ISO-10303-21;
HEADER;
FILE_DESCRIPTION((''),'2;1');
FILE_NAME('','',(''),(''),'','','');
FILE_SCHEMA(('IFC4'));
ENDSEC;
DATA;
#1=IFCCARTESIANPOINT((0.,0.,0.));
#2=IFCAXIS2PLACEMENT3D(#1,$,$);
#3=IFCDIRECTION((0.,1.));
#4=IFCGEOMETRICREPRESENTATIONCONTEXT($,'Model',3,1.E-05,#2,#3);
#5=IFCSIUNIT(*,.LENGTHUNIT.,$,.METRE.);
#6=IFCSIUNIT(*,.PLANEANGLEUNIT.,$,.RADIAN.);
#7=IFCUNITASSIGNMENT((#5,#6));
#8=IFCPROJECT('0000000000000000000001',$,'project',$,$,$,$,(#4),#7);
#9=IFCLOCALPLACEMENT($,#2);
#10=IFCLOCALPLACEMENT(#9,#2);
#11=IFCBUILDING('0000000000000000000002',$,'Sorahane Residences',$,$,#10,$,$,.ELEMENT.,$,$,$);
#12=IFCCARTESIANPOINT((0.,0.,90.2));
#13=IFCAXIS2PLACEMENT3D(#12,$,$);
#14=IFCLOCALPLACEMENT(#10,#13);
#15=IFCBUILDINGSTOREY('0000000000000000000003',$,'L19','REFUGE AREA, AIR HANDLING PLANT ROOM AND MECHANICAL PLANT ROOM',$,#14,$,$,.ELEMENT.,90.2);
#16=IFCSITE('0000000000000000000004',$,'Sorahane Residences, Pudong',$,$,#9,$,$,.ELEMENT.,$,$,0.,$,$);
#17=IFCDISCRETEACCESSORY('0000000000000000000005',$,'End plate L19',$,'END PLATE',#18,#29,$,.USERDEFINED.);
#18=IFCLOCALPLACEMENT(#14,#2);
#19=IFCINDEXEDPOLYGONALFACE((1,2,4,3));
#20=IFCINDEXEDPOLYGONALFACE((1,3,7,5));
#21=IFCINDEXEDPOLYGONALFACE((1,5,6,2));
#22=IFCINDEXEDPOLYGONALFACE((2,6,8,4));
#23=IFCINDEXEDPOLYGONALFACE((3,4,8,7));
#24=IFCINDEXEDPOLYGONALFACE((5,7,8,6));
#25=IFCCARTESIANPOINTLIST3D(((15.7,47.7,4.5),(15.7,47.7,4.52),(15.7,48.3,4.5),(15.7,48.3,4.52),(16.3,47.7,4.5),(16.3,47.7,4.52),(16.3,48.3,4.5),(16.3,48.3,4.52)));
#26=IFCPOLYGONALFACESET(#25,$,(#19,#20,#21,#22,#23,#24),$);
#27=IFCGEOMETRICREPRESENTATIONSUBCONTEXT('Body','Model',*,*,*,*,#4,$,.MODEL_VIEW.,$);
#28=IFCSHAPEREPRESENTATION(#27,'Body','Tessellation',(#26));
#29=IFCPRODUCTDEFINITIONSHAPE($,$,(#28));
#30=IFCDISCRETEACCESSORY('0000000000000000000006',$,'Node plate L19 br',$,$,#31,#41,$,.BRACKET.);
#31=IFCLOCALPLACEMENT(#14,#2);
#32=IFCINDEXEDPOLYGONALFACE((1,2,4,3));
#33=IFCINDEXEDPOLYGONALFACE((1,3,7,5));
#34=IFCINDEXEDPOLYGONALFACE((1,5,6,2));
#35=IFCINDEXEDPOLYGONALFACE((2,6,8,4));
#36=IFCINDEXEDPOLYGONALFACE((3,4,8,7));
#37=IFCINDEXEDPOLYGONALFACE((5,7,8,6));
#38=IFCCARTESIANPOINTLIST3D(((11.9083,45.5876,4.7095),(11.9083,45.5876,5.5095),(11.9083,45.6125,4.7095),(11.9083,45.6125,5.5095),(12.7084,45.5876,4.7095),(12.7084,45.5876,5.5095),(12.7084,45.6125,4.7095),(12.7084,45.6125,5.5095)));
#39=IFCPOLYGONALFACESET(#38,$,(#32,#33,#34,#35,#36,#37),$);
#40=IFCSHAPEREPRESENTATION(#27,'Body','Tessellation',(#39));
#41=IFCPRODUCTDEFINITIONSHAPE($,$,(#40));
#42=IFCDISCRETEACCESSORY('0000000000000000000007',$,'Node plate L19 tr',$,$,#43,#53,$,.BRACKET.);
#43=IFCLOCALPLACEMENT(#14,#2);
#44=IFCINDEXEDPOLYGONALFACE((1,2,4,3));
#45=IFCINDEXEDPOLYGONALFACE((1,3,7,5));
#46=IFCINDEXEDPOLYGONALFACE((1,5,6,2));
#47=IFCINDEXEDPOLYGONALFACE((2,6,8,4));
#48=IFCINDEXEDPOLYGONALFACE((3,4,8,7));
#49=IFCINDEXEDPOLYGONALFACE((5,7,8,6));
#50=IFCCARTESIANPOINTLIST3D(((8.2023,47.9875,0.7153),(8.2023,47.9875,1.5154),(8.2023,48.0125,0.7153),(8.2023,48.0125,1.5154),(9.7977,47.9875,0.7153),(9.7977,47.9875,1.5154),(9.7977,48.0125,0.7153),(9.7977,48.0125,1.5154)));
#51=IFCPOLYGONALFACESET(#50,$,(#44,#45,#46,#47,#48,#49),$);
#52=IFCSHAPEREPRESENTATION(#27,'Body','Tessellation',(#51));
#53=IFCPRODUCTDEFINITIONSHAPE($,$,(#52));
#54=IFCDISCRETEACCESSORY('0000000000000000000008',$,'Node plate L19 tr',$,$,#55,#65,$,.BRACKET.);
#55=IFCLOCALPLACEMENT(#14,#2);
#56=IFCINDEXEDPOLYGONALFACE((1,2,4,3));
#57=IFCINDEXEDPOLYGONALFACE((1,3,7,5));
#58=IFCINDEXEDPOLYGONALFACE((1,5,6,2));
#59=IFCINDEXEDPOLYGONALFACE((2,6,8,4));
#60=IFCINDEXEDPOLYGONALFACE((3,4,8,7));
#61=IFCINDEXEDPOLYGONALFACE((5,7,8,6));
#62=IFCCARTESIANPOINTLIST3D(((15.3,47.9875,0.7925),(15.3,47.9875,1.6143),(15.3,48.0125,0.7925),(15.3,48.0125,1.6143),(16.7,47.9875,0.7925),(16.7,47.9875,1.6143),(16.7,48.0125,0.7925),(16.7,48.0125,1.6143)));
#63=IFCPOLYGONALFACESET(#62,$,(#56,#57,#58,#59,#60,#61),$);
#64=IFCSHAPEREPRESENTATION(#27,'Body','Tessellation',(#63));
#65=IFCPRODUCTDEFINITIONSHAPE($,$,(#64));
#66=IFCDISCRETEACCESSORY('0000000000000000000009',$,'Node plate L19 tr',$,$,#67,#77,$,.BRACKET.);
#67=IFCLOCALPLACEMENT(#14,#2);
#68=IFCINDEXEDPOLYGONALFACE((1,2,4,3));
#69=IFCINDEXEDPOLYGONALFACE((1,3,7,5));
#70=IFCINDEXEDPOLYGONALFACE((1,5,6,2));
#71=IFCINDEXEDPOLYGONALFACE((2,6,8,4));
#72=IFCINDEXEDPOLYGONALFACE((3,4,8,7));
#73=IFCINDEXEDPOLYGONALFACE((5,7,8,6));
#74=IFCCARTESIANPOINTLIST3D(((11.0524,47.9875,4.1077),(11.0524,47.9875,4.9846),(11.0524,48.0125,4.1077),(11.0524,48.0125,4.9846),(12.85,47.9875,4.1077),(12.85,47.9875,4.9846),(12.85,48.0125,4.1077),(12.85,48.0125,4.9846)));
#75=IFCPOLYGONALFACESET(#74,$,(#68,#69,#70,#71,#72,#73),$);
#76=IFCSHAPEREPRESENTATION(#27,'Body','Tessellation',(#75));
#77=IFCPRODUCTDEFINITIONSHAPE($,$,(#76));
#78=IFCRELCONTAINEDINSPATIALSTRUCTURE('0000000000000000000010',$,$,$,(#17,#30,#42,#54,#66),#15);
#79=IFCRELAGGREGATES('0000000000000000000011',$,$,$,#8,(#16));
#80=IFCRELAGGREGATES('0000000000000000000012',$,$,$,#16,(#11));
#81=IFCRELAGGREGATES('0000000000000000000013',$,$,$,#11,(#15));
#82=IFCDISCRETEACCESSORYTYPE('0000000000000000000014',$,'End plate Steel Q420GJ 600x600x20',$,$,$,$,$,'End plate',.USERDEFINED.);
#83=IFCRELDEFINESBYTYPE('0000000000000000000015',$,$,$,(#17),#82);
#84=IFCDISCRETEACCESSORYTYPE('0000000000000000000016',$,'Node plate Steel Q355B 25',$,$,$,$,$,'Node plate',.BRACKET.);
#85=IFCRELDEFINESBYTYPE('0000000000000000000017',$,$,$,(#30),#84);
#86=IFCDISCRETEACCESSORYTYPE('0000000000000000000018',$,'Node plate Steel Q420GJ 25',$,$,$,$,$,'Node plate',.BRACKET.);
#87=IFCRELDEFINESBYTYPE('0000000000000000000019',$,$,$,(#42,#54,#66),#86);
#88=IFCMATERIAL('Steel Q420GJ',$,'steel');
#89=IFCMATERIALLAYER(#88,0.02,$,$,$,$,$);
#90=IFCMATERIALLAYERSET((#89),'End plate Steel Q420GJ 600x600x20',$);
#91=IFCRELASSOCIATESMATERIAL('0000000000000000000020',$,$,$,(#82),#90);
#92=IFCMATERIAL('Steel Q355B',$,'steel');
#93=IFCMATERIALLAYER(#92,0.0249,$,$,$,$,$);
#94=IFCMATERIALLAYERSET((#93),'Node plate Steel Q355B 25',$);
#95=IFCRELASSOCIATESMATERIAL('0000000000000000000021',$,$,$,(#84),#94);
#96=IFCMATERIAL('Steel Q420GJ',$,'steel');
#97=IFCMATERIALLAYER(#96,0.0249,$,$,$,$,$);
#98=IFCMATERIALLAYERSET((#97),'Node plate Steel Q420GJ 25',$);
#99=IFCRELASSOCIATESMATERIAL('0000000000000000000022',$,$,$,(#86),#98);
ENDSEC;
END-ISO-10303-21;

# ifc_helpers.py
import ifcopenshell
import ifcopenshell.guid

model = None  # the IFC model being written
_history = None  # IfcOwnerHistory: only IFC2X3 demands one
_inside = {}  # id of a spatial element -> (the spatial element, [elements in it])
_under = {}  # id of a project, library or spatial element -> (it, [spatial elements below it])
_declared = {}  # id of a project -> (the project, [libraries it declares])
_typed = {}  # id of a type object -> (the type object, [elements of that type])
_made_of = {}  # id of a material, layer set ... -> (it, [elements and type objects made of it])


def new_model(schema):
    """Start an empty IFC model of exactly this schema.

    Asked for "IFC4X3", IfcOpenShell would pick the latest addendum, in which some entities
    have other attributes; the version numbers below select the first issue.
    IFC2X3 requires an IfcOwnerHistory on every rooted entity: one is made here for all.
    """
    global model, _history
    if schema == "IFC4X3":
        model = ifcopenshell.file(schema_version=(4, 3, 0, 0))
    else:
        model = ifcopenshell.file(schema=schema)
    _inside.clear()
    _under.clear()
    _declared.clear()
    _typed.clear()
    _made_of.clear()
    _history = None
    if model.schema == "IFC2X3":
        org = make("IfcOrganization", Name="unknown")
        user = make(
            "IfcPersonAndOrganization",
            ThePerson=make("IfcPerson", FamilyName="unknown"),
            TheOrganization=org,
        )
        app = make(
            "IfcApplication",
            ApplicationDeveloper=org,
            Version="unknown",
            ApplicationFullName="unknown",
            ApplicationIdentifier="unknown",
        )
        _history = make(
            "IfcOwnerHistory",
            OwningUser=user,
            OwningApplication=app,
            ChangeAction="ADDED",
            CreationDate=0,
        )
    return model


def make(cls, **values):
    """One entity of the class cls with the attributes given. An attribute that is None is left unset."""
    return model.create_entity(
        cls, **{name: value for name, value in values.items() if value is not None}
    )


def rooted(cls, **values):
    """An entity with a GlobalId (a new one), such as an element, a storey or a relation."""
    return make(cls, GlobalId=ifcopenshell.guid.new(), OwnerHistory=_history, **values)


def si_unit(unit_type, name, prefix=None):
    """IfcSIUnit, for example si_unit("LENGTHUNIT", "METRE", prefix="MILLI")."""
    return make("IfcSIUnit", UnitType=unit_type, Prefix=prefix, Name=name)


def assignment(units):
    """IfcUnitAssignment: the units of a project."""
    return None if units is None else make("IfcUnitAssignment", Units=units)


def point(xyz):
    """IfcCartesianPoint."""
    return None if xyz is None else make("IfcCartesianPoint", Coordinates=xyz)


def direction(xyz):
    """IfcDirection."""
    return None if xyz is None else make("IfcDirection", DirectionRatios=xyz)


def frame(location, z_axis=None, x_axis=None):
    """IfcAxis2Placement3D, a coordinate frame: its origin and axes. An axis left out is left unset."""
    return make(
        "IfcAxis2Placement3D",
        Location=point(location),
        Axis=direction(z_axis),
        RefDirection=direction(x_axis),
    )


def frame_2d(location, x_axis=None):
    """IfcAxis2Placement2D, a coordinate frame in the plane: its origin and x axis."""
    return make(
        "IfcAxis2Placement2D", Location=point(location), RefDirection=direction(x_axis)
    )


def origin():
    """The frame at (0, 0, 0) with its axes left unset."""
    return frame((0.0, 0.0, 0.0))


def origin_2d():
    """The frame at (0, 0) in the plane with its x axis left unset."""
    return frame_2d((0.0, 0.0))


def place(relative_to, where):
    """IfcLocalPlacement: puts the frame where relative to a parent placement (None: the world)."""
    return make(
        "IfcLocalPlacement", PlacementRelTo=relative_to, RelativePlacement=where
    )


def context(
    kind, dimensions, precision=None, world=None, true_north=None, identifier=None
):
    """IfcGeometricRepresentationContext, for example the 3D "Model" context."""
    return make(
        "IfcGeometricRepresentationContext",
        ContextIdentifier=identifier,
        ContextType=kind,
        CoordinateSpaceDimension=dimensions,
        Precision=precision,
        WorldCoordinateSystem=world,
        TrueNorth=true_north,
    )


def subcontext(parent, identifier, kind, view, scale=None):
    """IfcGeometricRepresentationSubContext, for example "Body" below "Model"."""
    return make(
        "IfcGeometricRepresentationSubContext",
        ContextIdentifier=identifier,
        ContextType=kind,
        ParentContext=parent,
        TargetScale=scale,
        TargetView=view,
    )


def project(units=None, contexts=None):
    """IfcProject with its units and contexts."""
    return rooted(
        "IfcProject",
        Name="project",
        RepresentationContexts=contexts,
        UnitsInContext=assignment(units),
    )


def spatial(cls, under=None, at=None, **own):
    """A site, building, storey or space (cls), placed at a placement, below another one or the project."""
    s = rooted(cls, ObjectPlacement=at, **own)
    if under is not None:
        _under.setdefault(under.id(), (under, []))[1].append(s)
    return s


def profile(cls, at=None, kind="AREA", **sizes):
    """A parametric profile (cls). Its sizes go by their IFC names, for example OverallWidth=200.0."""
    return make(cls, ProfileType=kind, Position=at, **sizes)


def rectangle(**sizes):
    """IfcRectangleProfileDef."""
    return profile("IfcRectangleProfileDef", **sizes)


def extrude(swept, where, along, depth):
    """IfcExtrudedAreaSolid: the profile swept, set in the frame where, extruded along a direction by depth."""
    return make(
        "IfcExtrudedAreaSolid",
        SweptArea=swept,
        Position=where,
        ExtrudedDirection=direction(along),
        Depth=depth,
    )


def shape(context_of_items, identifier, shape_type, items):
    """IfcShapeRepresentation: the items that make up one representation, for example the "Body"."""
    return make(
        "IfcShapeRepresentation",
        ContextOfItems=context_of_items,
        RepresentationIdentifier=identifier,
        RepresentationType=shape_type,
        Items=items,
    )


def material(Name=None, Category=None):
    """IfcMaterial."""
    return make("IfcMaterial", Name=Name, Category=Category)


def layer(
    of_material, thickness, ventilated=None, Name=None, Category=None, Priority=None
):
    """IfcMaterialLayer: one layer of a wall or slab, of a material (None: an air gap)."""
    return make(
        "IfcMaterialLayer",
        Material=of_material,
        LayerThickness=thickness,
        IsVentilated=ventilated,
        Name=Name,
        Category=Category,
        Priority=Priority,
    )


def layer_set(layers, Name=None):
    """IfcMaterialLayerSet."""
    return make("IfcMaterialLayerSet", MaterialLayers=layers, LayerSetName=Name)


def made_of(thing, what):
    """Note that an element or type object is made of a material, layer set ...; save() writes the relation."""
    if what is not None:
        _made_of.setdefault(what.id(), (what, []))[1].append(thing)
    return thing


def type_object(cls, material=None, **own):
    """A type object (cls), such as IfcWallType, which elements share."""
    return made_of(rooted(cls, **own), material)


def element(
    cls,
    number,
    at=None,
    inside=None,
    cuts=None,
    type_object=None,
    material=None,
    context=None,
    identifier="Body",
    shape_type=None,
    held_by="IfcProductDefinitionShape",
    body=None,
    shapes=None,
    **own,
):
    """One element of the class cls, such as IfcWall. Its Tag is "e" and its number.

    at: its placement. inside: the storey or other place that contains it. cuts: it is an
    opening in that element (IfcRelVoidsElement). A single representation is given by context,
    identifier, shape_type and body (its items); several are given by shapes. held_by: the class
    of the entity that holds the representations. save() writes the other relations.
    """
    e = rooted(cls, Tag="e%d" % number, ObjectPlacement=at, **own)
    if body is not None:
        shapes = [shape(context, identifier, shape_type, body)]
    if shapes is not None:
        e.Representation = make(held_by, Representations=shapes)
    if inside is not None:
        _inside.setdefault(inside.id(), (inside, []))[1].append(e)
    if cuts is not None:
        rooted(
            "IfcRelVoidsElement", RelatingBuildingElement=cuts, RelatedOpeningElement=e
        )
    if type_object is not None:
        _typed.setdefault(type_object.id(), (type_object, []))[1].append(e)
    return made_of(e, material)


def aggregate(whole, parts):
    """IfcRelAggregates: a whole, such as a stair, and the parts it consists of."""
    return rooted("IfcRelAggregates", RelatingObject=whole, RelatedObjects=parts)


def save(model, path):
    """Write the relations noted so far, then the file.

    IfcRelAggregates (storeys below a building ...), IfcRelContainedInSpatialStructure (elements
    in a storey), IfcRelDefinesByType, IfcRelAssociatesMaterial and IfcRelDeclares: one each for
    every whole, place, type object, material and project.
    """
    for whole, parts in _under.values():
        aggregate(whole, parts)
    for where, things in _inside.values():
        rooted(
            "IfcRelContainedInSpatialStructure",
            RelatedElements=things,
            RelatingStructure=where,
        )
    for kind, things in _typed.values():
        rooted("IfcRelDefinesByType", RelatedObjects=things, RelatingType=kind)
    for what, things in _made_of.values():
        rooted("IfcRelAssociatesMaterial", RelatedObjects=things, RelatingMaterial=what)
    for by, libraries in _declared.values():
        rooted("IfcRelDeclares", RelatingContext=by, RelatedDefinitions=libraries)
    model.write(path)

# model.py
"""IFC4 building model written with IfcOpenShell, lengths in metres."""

from ifc_helpers import new_model, si_unit, direction, frame, origin, origin_2d, place, context, subcontext, project, spatial, rectangle, extrude, material, layer, layer_set, type_object, element, save


model = new_model("IFC4")

# Units and contexts
model_context = context("Model", 3, precision=1e-05, world=origin(), true_north=direction((0.0, 1.0)))
body_context = subcontext(model_context, "Body", "Model", "MODEL_VIEW")
ifc_project = project(units=[si_unit("LENGTHUNIT", "METRE"), si_unit("PLANEANGLEUNIT", "RADIAN")], contexts=[model_context])

# Site, building, storey
site_placement = place(None, origin())
site = spatial("IfcSite", under=ifc_project, at=site_placement, Name="Sorahane Residences, Pudong", CompositionType="ELEMENT", RefElevation=0.0)
building_placement = place(site_placement, origin())
building = spatial("IfcBuilding", under=site, at=building_placement, Name="Sorahane Residences", CompositionType="ELEMENT")
storey_placement = place(building_placement, frame((0.0, 0.0, 90.2)))
storey = spatial("IfcBuildingStorey", under=building, at=storey_placement, Name="L19", Description="REFUGE AREA, AIR HANDLING PLANT ROOM AND MECHANICAL PLANT ROOM", CompositionType="ELEMENT", Elevation=90.2)

# Discrete accessories
ifc_material_1 = material(Name="Steel Q420GJ", Category="steel")
ifc_layer_1 = layer(ifc_material_1, 0.02)
ifc_layer_set_1 = layer_set([ifc_layer_1], Name="End plate Steel Q420GJ 600x600x20")
discrete_accessory_type_1 = type_object("IfcDiscreteAccessoryType", Name="End plate Steel Q420GJ 600x600x20", ElementType="End plate", PredefinedType="USERDEFINED", material=ifc_layer_set_1)
for number, where, z_axis, x_axis, name in (
    (1, (16.0, 48.0, 4.5), (0.0, 0.0, 1.0), (1.0, 0.0, 0.0), "End plate L19"),
):
    element("IfcDiscreteAccessory", number, at=place(storey_placement, frame(where, z_axis=z_axis, x_axis=x_axis)), inside=storey, type_object=discrete_accessory_type_1, Name=name, ObjectType="END PLATE", PredefinedType="USERDEFINED", context=body_context, shape_type="SweptSolid", body=[
        extrude(rectangle(XDim=0.6001, YDim=0.6001, at=origin_2d()), origin(), (0.0, 0.0, 1.0), 0.02),
    ])
ifc_material_2 = material(Name="Steel Q355B", Category="steel")
ifc_layer_2 = layer(ifc_material_2, 0.0249)
ifc_layer_set_2 = layer_set([ifc_layer_2], Name="Node plate Steel Q355B 25")
discrete_accessory_type_2 = type_object("IfcDiscreteAccessoryType", Name="Node plate Steel Q355B 25", ElementType="Node plate", PredefinedType="BRACKET", material=ifc_layer_set_2)
discrete_accessory_1_placement = place(storey_placement, frame((12.3083, 45.6001, 4.7095), z_axis=(0.0, 0.0, 1.0), x_axis=(1.0, 0.0, 0.0)))
element("IfcDiscreteAccessory", 2, at=discrete_accessory_1_placement, inside=storey, type_object=discrete_accessory_type_2, Name="Node plate L19 br", PredefinedType="BRACKET", context=body_context, shape_type="SweptSolid", body=[
    extrude(rectangle(XDim=0.8, YDim=0.0249, at=origin_2d()), origin(), (0.0, 0.0, 1.0), 0.8),
])
ifc_material_3 = material(Name="Steel Q420GJ", Category="steel")
ifc_layer_3 = layer(ifc_material_3, 0.0249)
ifc_layer_set_3 = layer_set([ifc_layer_3], Name="Node plate Steel Q420GJ 25")
discrete_accessory_type_3 = type_object("IfcDiscreteAccessoryType", Name="Node plate Steel Q420GJ 25", ElementType="Node plate", PredefinedType="BRACKET", material=ifc_layer_set_3)
discrete_accessory_2_placement = place(storey_placement, frame((9.0, 48.0, 0.7153), z_axis=(0.0, 0.0, 1.0), x_axis=(1.0, 0.0, 0.0)))
element("IfcDiscreteAccessory", 3, at=discrete_accessory_2_placement, inside=storey, type_object=discrete_accessory_type_3, Name="Node plate L19 tr", PredefinedType="BRACKET", context=body_context, shape_type="SweptSolid", body=[
    extrude(rectangle(XDim=1.5955, YDim=0.0249, at=origin_2d()), origin(), (0.0, 0.0, 1.0), 0.8),
])
discrete_accessory_3_placement = place(storey_placement, frame((16.0, 48.0, 0.7925), z_axis=(0.0, 0.0, 1.0), x_axis=(1.0, 0.0, 0.0)))
element("IfcDiscreteAccessory", 4, at=discrete_accessory_3_placement, inside=storey, type_object=discrete_accessory_type_3, Name="Node plate L19 tr", PredefinedType="BRACKET", context=body_context, shape_type="SweptSolid", body=[
    extrude(rectangle(XDim=1.3999, YDim=0.0249, at=origin_2d()), origin(), (0.0, 0.0, 1.0), 0.8218),
])
discrete_accessory_4_placement = place(storey_placement, frame((11.9512, 48.0, 4.1077), z_axis=(0.0, 0.0, 1.0), x_axis=(1.0, 0.0, 0.0)))
element("IfcDiscreteAccessory", 5, at=discrete_accessory_4_placement, inside=storey, type_object=discrete_accessory_type_3, Name="Node plate L19 tr", PredefinedType="BRACKET", context=body_context, shape_type="SweptSolid", body=[
    extrude(rectangle(XDim=1.7976, YDim=0.0249, at=origin_2d()), origin(), (0.0, 0.0, 1.0), 0.877),
])

save(model, "model.ifc")
